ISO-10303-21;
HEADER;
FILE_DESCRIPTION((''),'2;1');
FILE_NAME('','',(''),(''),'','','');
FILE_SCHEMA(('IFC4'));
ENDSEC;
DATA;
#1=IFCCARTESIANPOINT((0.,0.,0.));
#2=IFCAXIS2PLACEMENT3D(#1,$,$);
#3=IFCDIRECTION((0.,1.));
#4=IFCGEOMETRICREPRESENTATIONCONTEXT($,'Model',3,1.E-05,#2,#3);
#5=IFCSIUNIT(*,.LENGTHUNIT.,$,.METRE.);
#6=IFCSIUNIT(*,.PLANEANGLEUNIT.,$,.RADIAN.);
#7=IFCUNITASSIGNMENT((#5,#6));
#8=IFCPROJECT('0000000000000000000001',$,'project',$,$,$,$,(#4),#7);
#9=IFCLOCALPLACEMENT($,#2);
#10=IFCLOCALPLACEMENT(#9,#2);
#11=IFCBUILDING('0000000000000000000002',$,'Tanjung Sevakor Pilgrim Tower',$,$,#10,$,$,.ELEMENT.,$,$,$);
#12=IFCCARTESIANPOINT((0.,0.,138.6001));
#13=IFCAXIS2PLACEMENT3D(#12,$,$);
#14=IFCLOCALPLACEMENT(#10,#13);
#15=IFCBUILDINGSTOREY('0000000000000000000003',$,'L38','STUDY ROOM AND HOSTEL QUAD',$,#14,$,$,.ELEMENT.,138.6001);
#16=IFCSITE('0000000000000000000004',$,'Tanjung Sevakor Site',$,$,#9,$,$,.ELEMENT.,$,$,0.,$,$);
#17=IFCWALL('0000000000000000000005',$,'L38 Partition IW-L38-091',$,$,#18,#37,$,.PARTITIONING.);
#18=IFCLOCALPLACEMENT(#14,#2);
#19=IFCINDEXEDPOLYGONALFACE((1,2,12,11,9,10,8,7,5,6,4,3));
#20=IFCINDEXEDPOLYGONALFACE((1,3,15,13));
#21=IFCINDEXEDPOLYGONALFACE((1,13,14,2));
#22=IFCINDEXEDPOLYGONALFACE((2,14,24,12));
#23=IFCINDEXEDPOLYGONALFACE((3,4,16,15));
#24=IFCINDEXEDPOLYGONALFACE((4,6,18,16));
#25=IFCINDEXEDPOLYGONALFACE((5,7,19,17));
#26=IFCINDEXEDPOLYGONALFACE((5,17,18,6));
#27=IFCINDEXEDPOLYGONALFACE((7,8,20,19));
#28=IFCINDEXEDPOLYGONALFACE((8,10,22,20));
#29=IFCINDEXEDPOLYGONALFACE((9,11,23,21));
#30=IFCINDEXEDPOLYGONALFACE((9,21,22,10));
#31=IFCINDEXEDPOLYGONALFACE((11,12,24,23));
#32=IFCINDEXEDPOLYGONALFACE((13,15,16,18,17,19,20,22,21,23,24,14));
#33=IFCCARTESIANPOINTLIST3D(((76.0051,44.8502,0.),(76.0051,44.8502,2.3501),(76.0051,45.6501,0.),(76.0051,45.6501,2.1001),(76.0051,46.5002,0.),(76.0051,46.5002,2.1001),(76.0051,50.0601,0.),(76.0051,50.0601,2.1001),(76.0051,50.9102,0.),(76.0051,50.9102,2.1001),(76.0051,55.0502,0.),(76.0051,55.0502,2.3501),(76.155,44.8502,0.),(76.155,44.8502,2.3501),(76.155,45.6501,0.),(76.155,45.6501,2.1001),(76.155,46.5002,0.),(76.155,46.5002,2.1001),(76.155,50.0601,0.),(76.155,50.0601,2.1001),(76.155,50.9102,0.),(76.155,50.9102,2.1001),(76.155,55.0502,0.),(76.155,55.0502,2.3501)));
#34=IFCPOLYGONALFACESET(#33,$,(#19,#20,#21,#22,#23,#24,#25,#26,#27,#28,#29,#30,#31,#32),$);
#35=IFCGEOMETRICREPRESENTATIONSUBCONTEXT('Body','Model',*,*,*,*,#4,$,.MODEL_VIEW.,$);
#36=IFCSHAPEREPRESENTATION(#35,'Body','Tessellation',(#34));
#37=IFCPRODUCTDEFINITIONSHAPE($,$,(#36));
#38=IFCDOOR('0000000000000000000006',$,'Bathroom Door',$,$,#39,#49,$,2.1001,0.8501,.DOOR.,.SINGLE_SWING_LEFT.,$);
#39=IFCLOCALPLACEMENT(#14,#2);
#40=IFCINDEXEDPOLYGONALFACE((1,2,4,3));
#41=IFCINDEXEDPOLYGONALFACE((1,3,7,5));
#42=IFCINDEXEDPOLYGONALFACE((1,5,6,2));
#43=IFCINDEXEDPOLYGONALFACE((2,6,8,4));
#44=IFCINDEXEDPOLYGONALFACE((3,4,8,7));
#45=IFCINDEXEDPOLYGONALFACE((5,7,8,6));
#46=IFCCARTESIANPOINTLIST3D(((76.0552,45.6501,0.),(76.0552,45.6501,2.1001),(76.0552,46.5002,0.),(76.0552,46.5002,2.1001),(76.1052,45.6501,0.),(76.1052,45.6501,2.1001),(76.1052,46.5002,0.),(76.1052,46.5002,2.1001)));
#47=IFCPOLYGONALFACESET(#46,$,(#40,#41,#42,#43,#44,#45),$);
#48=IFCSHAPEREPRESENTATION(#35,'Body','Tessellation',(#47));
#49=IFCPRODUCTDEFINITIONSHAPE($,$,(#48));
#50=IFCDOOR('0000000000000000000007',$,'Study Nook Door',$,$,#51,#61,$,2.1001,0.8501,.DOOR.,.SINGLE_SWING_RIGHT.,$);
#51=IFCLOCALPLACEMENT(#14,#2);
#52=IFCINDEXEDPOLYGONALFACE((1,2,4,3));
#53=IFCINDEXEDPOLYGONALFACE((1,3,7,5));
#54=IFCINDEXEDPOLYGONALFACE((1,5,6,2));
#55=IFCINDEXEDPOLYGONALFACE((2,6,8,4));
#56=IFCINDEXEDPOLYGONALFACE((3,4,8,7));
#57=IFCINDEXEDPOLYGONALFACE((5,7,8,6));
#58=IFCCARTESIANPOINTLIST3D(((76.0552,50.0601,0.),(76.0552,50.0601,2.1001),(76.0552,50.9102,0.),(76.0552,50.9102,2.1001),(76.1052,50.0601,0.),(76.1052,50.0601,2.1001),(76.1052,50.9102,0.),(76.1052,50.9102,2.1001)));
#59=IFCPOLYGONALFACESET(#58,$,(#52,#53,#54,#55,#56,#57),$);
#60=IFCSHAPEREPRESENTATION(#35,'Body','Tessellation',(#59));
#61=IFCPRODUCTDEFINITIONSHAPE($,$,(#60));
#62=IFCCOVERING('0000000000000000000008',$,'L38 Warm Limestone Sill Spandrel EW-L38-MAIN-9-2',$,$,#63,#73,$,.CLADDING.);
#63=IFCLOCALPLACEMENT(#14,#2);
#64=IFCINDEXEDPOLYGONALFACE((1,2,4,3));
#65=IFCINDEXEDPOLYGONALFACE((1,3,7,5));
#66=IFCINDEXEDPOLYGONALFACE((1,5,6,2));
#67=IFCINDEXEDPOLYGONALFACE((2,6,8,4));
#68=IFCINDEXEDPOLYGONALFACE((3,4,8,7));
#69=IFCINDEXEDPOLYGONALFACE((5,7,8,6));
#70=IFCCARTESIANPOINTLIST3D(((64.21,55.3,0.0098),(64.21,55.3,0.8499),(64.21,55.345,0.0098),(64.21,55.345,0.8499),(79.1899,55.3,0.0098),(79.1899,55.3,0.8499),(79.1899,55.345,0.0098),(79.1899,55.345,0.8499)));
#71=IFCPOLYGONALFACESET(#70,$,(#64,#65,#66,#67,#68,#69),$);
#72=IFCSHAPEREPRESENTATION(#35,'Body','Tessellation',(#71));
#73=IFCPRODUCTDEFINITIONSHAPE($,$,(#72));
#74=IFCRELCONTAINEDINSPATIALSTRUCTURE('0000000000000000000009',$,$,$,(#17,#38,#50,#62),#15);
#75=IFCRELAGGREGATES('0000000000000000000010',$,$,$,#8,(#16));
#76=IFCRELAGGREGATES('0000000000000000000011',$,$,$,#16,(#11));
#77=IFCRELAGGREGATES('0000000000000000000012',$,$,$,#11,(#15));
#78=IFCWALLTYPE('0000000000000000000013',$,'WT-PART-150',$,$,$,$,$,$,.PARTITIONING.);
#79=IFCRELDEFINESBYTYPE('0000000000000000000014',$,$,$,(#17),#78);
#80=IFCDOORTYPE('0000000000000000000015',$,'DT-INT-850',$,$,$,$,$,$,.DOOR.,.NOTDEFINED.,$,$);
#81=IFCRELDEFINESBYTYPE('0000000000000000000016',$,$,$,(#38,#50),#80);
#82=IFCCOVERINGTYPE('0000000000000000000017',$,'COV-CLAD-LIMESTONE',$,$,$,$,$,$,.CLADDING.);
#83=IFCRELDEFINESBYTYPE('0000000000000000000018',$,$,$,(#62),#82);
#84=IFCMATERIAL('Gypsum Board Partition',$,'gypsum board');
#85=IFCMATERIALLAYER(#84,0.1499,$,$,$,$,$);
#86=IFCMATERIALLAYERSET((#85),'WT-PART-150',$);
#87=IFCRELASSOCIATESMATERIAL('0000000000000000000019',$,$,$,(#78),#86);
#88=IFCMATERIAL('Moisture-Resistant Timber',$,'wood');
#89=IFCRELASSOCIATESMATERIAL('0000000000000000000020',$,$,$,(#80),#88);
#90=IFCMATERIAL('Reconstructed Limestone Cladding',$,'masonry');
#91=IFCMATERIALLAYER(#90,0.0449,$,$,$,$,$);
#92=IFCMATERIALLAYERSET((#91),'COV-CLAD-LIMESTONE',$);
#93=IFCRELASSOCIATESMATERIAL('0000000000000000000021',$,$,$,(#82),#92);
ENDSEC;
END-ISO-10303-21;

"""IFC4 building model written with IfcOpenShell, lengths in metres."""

from ifc_helpers import new_model, si_unit, direction, frame, frame_2d, origin, origin_2d, place, context, subcontext, project, spatial, rectangle, extrude, material, layer, layer_set, type_object, element, fill, save


model = new_model("IFC4")

# Units and contexts
model_context = context("Model", 3, precision=1e-05, world=origin(), true_north=direction((0.0, 1.0)))
body_context = subcontext(model_context, "Body", "Model", "MODEL_VIEW")
ifc_project = project(units=[si_unit("LENGTHUNIT", "METRE"), si_unit("PLANEANGLEUNIT", "RADIAN")], contexts=[model_context])

# Site, building, storey
site_placement = place(None, origin())
site = spatial("IfcSite", under=ifc_project, at=site_placement, Name="Tanjung Sevakor Site", CompositionType="ELEMENT", RefElevation=0.0)
building_placement = place(site_placement, origin())
building = spatial("IfcBuilding", under=site, at=building_placement, Name="Tanjung Sevakor Pilgrim Tower", CompositionType="ELEMENT")
storey_placement = place(building_placement, frame((0.0, 0.0, 138.6001)))
storey = spatial("IfcBuildingStorey", under=building, at=storey_placement, Name="L38", Description="STUDY ROOM AND HOSTEL QUAD", CompositionType="ELEMENT", Elevation=138.6001)

# Shared definitions
ifc_material_1 = material(Name="Gypsum Board Partition", Category="gypsum board")
ifc_layer_1 = layer(ifc_material_1, 0.1499)
ifc_layer_set_1 = layer_set([ifc_layer_1], Name="WT-PART-150")
wall_type_1 = type_object("IfcWallType", Name="WT-PART-150", PredefinedType="PARTITIONING", material=ifc_layer_set_1)

# Shared definitions
ifc_material_2 = material(Name="Moisture-Resistant Timber", Category="wood")
door_type_1 = type_object("IfcDoorType", Name="DT-INT-850", OperationType="NOTDEFINED", PredefinedType="DOOR", material=ifc_material_2)

# Wall, openings, doors
wall_1_placement = place(storey_placement, frame((76.0801, 44.8501, 0.0), z_axis=(0.0, 0.0, 1.0), x_axis=(0.0, 1.0, 0.0)))
wall_1 = element("IfcWall", 1, at=wall_1_placement, inside=storey, type_object=wall_type_1, Name="L38 Partition IW-L38-091", PredefinedType="PARTITIONING", context=body_context, shape_type="SweptSolid", body=[
    extrude(rectangle(XDim=10.2, YDim=0.1499, at=frame_2d((5.1001, 0.0))), origin(), (0.0, 0.0, 1.0), 2.3501),
])
opening_1_placement = place(wall_1_placement, frame((0.8, 0.0, 0.0)))
opening_1 = element("IfcOpeningElement", 2, at=opening_1_placement, cuts=wall_1, PredefinedType="OPENING", context=body_context, shape_type="SweptSolid", body=[
    extrude(rectangle(XDim=0.8501, YDim=2.1001, at=frame_2d((0.425, 1.05))), frame((0.0, 0.085, 0.0), z_axis=(0.0, -1.0, 0.0), x_axis=(1.0, 0.0, 0.0)), (0.0, 0.0, 1.0), 0.1699),
])
opening_2_placement = place(wall_1_placement, frame((5.21, 0.0, 0.0)))
opening_2 = element("IfcOpeningElement", 3, at=opening_2_placement, cuts=wall_1, PredefinedType="OPENING", context=body_context, shape_type="SweptSolid", body=[
    extrude(rectangle(XDim=0.8501, YDim=2.1001, at=frame_2d((0.425, 1.05))), frame((0.0, 0.085, 0.0), z_axis=(0.0, -1.0, 0.0), x_axis=(1.0, 0.0, 0.0)), (0.0, 0.0, 1.0), 0.1699),
])
door_1_placement = place(opening_1_placement, origin())
door_1 = element("IfcDoor", 4, at=door_1_placement, inside=storey, type_object=door_type_1, Name="Bathroom Door", OperationType="SINGLE_SWING_LEFT", OverallHeight=2.1001, OverallWidth=0.8501, PredefinedType="DOOR", context=body_context, shape_type="SweptSolid", body=[
    extrude(rectangle(XDim=0.8501, YDim=2.1001, at=frame_2d((0.425, 1.05))), frame((0.0, 0.0249, 0.0), z_axis=(0.0, -1.0, 0.0), x_axis=(1.0, 0.0, 0.0)), (0.0, 0.0, 1.0), 0.05),
])
fill(opening_1, door_1)
door_2_placement = place(opening_2_placement, origin())
door_2 = element("IfcDoor", 5, at=door_2_placement, inside=storey, type_object=door_type_1, Name="Study Nook Door", OperationType="SINGLE_SWING_RIGHT", OverallHeight=2.1001, OverallWidth=0.8501, PredefinedType="DOOR", context=body_context, shape_type="SweptSolid", body=[
    extrude(rectangle(XDim=0.8501, YDim=2.1001, at=frame_2d((0.425, 1.05))), frame((0.0, 0.0249, 0.0), z_axis=(0.0, -1.0, 0.0), x_axis=(1.0, 0.0, 0.0)), (0.0, 0.0, 1.0), 0.05),
])
fill(opening_2, door_2)

# Covering
ifc_material_3 = material(Name="Reconstructed Limestone Cladding", Category="masonry")
ifc_layer_2 = layer(ifc_material_3, 0.0449)
ifc_layer_set_2 = layer_set([ifc_layer_2], Name="COV-CLAD-LIMESTONE")
covering_type = type_object("IfcCoveringType", Name="COV-CLAD-LIMESTONE", PredefinedType="CLADDING", material=ifc_layer_set_2)
covering_placement = place(storey_placement, frame((71.7, 55.3225, 0.0098), z_axis=(0.0, 0.0, 1.0), x_axis=(-1.0, 0.0, 0.0)))
element("IfcCovering", 6, at=covering_placement, inside=storey, type_object=covering_type, Name="L38 Warm Limestone Sill Spandrel EW-L38-MAIN-9-2", PredefinedType="CLADDING", context=body_context, shape_type="SweptSolid", body=[
    extrude(rectangle(XDim=14.98, YDim=0.0449, at=origin_2d()), origin(), (0.0, 0.0, 1.0), 0.8401),
])

save(model, "model.ifc")
